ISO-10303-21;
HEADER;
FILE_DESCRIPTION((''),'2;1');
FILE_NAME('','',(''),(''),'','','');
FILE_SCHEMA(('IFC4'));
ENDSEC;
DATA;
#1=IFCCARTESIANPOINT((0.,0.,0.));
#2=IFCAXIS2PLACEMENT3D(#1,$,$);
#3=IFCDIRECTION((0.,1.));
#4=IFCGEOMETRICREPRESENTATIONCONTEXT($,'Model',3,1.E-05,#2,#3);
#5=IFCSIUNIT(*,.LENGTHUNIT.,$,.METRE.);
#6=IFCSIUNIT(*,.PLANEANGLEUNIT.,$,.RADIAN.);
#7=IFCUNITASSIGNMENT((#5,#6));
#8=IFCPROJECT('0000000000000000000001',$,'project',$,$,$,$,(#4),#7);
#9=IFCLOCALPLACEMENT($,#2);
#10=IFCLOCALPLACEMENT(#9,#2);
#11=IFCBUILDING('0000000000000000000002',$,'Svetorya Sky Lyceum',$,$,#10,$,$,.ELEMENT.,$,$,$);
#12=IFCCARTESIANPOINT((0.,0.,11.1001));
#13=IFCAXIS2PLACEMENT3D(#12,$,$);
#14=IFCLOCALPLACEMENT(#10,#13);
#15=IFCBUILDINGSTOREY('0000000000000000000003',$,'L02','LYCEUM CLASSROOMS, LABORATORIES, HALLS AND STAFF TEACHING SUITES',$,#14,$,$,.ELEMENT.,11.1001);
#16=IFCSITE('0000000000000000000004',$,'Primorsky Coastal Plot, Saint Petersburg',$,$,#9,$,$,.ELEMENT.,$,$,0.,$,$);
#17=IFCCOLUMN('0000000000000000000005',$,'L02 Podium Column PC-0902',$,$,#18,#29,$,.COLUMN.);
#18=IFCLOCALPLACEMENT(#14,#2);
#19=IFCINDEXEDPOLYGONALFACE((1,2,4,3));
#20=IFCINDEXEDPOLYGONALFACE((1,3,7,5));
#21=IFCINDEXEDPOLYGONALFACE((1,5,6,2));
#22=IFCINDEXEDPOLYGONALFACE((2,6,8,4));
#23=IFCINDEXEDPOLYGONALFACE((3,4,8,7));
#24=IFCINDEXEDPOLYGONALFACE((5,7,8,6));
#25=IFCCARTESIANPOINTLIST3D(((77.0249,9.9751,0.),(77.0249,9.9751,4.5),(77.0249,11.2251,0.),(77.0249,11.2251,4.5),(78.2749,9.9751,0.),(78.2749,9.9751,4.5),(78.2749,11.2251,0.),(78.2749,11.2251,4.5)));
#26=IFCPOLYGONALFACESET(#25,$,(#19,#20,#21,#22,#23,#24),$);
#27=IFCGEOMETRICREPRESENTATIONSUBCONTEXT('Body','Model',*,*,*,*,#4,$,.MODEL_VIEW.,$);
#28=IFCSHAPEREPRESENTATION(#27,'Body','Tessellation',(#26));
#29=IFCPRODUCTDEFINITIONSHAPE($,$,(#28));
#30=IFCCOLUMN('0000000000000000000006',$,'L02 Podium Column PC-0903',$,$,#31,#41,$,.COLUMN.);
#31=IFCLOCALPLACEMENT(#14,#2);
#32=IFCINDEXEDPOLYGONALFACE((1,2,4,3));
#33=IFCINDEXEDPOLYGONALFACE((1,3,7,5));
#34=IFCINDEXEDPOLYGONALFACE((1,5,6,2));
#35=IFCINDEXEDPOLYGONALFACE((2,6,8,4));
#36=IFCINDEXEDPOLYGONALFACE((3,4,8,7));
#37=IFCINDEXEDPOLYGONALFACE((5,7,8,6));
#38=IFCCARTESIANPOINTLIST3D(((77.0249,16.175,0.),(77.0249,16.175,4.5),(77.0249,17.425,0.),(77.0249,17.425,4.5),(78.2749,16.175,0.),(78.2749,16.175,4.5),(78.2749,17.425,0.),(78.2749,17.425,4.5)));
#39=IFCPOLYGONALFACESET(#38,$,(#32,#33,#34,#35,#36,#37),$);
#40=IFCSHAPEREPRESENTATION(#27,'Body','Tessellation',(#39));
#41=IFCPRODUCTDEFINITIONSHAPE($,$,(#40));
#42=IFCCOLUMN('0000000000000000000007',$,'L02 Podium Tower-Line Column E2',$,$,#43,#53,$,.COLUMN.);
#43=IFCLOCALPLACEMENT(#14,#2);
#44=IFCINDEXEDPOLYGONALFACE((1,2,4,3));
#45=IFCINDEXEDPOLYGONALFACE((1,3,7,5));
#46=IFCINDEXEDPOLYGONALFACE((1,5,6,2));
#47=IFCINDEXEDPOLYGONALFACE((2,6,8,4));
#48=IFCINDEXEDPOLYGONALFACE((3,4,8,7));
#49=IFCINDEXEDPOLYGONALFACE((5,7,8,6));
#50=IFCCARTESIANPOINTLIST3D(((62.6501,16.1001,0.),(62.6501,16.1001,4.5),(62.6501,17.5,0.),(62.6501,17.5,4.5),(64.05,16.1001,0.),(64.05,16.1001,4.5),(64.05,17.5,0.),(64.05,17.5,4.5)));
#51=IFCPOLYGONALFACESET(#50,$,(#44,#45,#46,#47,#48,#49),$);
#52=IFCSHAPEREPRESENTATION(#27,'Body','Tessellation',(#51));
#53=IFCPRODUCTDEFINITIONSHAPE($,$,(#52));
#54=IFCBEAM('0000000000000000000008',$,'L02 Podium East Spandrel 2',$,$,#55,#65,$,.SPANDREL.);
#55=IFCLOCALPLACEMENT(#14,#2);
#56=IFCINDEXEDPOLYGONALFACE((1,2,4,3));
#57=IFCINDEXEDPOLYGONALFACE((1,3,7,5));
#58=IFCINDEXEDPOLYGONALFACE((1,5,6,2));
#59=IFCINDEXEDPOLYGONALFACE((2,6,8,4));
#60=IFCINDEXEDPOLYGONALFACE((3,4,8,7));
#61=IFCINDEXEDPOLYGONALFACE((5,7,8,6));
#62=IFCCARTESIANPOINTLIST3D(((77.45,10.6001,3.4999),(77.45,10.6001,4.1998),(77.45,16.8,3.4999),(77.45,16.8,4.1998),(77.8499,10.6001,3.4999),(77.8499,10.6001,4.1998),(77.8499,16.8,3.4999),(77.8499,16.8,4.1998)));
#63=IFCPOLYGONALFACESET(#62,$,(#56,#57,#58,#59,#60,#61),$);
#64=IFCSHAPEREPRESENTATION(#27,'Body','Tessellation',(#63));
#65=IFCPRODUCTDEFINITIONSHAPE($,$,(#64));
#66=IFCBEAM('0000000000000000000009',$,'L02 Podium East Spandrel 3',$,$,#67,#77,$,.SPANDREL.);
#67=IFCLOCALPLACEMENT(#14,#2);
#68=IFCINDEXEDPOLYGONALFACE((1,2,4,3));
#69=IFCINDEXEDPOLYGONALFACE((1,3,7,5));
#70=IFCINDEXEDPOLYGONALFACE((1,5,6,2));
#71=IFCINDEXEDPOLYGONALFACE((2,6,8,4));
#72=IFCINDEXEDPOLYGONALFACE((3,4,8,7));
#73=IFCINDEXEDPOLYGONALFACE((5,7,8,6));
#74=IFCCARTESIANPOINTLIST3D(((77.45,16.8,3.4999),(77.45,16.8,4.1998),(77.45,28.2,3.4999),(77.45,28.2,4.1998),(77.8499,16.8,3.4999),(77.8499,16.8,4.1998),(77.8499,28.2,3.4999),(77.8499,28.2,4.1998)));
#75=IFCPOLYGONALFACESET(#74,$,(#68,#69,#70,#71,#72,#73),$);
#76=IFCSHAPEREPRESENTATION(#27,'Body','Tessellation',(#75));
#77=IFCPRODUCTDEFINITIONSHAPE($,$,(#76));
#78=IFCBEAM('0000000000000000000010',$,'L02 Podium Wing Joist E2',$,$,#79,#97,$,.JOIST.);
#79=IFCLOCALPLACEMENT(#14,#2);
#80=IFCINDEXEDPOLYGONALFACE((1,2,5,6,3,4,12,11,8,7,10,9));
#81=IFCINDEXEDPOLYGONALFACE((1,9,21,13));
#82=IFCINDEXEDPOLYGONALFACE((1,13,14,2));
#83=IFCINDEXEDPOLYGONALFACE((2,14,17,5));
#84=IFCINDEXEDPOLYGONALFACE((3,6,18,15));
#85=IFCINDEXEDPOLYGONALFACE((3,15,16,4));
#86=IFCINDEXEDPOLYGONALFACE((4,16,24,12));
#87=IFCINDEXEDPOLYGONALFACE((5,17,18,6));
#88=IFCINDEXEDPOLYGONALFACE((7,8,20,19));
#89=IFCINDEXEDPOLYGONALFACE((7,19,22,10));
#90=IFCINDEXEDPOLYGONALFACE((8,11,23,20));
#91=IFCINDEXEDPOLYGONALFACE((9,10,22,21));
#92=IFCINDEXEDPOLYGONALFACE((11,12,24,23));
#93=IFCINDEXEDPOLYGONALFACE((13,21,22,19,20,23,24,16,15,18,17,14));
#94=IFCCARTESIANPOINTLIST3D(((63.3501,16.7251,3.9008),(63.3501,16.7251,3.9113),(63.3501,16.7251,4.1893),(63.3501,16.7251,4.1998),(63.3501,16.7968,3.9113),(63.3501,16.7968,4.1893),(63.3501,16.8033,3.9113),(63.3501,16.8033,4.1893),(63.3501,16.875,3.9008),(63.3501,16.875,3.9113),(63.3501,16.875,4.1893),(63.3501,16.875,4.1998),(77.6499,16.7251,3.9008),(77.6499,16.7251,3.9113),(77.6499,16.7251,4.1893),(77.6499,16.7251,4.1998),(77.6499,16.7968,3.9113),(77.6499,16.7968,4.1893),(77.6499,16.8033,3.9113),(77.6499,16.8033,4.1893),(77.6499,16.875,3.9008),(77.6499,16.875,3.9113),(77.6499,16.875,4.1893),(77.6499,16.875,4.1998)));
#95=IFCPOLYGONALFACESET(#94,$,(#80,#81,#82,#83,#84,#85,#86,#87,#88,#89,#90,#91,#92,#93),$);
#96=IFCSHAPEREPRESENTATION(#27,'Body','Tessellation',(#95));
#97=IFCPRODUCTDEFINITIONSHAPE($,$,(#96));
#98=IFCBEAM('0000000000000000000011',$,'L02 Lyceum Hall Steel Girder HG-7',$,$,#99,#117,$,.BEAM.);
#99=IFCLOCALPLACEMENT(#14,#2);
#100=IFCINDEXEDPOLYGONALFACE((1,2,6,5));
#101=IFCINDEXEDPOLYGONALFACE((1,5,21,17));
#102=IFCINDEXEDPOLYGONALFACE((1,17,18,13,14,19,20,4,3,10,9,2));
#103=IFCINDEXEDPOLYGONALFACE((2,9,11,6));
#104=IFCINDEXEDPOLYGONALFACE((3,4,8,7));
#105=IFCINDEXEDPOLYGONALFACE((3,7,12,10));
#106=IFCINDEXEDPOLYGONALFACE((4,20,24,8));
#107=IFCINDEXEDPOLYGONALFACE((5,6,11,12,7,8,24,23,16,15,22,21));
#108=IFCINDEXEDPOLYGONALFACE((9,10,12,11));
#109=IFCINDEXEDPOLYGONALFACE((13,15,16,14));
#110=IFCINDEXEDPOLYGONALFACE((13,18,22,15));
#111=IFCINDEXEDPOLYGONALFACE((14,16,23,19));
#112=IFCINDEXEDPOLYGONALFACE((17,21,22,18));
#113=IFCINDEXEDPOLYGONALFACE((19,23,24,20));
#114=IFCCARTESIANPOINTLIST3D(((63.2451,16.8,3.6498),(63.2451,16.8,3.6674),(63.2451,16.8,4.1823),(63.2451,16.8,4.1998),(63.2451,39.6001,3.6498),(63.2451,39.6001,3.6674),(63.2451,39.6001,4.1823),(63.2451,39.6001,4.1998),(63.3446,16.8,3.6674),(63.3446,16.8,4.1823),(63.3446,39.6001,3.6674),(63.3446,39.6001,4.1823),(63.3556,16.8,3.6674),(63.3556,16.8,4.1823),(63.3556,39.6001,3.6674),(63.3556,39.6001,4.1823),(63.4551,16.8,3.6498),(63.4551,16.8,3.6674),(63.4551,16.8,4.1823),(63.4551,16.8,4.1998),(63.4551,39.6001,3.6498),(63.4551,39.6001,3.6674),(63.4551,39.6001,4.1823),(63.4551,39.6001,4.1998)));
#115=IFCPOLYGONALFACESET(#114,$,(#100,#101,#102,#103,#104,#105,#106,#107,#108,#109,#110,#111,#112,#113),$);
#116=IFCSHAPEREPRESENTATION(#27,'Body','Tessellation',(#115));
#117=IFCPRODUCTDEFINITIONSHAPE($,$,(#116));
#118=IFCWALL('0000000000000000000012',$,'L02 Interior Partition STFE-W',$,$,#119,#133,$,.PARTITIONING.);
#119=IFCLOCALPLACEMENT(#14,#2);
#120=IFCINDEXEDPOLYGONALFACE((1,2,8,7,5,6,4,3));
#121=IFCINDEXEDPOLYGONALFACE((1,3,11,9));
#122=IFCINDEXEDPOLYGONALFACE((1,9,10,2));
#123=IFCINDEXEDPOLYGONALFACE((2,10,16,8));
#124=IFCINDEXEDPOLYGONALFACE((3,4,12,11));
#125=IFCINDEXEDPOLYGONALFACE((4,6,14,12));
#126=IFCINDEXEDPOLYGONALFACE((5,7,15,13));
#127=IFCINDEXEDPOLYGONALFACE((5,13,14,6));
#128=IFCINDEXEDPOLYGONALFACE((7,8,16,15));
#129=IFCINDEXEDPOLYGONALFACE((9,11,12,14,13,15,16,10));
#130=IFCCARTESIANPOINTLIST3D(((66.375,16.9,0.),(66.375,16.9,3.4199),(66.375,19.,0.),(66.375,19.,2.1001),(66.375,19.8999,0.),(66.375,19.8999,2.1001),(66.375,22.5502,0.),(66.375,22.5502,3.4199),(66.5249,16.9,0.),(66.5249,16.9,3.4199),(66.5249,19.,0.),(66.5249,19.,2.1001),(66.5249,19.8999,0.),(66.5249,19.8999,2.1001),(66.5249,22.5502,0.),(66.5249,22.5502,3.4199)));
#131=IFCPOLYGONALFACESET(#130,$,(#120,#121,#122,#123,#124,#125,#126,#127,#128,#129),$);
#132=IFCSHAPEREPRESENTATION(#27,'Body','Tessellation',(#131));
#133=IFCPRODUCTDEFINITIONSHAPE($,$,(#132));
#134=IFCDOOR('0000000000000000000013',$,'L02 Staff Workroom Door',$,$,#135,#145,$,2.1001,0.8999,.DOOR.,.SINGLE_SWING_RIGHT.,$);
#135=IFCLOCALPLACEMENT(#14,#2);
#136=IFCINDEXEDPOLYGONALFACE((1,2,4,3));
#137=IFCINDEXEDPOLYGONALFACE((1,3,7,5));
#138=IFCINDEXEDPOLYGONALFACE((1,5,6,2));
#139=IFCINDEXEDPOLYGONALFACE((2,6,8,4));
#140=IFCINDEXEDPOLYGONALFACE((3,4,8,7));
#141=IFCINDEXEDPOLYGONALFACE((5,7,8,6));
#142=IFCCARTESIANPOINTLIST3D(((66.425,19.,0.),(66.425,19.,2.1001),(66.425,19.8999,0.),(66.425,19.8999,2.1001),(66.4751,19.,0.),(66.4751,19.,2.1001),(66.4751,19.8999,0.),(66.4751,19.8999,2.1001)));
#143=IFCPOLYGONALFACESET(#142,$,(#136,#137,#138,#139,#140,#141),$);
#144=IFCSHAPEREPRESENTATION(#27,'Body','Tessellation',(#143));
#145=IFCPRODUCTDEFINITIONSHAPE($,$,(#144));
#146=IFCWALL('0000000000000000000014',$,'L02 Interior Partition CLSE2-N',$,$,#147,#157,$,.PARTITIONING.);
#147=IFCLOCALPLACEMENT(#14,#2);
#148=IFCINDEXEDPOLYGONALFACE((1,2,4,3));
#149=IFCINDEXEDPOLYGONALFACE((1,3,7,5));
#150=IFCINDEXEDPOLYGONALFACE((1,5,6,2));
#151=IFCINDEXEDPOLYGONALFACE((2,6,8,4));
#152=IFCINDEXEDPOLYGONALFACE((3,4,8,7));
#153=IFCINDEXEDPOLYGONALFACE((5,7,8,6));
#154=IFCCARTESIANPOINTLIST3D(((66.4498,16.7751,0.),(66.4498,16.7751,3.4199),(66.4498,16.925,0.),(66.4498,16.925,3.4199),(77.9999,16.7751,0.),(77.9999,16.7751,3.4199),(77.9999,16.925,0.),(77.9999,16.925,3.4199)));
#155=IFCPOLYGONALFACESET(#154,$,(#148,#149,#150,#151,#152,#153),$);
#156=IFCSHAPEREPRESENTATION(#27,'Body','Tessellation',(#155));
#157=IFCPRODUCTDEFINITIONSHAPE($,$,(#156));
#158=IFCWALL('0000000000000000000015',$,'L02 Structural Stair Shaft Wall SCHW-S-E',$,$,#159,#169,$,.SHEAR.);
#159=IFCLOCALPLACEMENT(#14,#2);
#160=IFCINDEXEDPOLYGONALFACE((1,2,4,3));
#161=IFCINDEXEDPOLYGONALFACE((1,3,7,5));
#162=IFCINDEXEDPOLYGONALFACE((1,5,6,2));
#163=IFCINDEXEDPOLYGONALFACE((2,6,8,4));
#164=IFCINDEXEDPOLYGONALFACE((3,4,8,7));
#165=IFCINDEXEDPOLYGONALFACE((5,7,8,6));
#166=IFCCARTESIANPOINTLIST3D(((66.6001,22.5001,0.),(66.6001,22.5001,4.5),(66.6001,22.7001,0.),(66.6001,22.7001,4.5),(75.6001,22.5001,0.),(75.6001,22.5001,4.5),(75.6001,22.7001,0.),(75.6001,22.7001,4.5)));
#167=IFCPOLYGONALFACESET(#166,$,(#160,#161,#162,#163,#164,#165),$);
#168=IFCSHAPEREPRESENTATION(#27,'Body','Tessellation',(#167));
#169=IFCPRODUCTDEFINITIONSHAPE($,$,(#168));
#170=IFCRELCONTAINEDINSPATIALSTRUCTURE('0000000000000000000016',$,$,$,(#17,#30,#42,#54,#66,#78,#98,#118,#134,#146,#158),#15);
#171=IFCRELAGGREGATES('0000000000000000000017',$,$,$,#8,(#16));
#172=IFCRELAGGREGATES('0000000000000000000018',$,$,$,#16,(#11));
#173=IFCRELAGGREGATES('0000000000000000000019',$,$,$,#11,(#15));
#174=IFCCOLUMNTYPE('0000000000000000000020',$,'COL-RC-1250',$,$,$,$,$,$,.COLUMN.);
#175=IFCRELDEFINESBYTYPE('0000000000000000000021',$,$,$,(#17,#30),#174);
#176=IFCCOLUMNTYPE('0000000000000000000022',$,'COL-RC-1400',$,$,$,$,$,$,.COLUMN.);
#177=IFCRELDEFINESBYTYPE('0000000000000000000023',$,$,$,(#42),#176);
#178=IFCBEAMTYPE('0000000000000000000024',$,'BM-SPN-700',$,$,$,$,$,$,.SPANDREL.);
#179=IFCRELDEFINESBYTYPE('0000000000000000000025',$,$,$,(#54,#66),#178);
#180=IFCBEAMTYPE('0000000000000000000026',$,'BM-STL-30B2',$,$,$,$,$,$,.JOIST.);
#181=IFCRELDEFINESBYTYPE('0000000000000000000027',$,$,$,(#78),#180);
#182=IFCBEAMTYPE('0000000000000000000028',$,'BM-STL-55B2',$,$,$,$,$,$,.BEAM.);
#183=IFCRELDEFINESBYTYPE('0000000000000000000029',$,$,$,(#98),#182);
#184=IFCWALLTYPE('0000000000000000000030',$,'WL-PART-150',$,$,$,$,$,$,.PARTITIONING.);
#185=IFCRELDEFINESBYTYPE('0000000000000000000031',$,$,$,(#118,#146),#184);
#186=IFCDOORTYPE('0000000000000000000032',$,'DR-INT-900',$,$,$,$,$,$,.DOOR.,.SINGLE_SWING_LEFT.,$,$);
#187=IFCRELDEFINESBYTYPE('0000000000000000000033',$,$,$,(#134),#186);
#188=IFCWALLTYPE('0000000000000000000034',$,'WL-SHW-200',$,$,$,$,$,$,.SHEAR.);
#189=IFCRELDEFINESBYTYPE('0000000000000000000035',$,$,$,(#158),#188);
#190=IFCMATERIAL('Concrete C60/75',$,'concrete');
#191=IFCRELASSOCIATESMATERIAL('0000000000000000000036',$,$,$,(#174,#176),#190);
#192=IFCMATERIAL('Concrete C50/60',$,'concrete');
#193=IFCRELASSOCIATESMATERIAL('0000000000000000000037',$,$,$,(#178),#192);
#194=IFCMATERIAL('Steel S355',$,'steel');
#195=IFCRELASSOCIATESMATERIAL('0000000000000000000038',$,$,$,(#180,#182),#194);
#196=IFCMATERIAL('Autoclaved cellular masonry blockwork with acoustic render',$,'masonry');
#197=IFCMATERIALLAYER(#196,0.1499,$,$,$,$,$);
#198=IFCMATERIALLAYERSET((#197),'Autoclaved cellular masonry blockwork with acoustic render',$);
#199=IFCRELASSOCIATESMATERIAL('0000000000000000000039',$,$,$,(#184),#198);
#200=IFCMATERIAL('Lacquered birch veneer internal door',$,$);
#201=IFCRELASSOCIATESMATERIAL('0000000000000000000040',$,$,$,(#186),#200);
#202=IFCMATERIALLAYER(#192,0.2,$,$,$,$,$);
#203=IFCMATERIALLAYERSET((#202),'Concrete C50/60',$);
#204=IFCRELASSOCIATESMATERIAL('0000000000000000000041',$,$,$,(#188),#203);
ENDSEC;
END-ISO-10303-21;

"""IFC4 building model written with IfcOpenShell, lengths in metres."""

from ifc_helpers import new_model, si_unit, direction, frame, frame_2d, origin, origin_2d, place, context, subcontext, project, spatial, rectangle, i_section, extrude, material, layer, layer_set, material_profile, profile_set, type_object, element, fill, save


model = new_model("IFC4")

# Units and contexts
model_context = context("Model", 3, precision=1e-05, world=origin(), true_north=direction((0.0, 1.0)))
body_context = subcontext(model_context, "Body", "Model", "MODEL_VIEW")
ifc_project = project(units=[si_unit("LENGTHUNIT", "METRE"), si_unit("PLANEANGLEUNIT", "RADIAN")], contexts=[model_context])

# Site, building, storey
site_placement = place(None, origin())
site = spatial("IfcSite", under=ifc_project, at=site_placement, Name="Primorsky Coastal Plot, Saint Petersburg", CompositionType="ELEMENT", RefElevation=0.0)
building_placement = place(site_placement, origin())
building = spatial("IfcBuilding", under=site, at=building_placement, Name="Svetorya Sky Lyceum", CompositionType="ELEMENT")
storey_placement = place(building_placement, frame((0.0, 0.0, 11.1001)))
storey = spatial("IfcBuildingStorey", under=building, at=storey_placement, Name="L02", Description="LYCEUM CLASSROOMS, LABORATORIES, HALLS AND STAFF TEACHING SUITES", CompositionType="ELEMENT", Elevation=11.1001)

# Columns
ifc_material_1 = material(Name="Concrete C60/75", Category="concrete")
ifc_material_profile_1 = material_profile(ifc_material_1, rectangle(XDim=1.25, YDim=1.25, at=origin_2d()), Name="RC COL 1250x1250")
ifc_profile_set_1 = profile_set([ifc_material_profile_1], Name="Concrete C60/75")
column_type_1 = type_object("IfcColumnType", Name="COL-RC-1250", PredefinedType="COLUMN", material=ifc_profile_set_1)
for number, where, z_axis, x_axis, name in (
    (1, (77.6499, 10.6001, 0.0), (0.0, 0.0, 1.0), (1.0, 0.0, 0.0), "L02 Podium Column PC-0902"),
    (2, (77.6499, 16.8, 0.0), (0.0, 0.0, 1.0), (1.0, 0.0, 0.0), "L02 Podium Column PC-0903"),
):
    element("IfcColumn", number, at=place(storey_placement, frame(where, z_axis=z_axis, x_axis=x_axis)), inside=storey, type_object=column_type_1, Name=name, PredefinedType="COLUMN", context=body_context, shape_type="SweptSolid", body=[
        extrude(rectangle(XDim=1.25, YDim=1.25, at=origin_2d()), origin(), (0.0, 0.0, 1.0), 4.5),
    ])
ifc_material_profile_2 = material_profile(ifc_material_1, rectangle(XDim=1.3999, YDim=1.3999, at=origin_2d()), Name="RC COL 1400x1400")
ifc_profile_set_2 = profile_set([ifc_material_profile_2], Name="Concrete C60/75")
column_type_2 = type_object("IfcColumnType", Name="COL-RC-1400", PredefinedType="COLUMN", material=ifc_profile_set_2)
column_placement = place(storey_placement, frame((63.3501, 16.8, 0.0), z_axis=(0.0, 0.0, 1.0), x_axis=(1.0, 0.0, 0.0)))
element("IfcColumn", 3, at=column_placement, inside=storey, type_object=column_type_2, Name="L02 Podium Tower-Line Column E2", PredefinedType="COLUMN", context=body_context, shape_type="SweptSolid", body=[
    extrude(rectangle(XDim=1.3999, YDim=1.3999, at=origin_2d()), origin(), (0.0, 0.0, 1.0), 4.5),
])

# Beams
ifc_material_2 = material(Name="Concrete C50/60", Category="concrete")
ifc_material_profile_3 = material_profile(ifc_material_2, rectangle(XDim=0.3999, YDim=0.7, at=origin_2d()), Name="RC SPANDREL 400x700")
ifc_profile_set_3 = profile_set([ifc_material_profile_3], Name="Concrete C50/60")
beam_type_1 = type_object("IfcBeamType", Name="BM-SPN-700", PredefinedType="SPANDREL", material=ifc_profile_set_3)
beam_1_placement = place(storey_placement, frame((77.6499, 10.6001, 3.8499), z_axis=(0.0, 1.0, 0.0), x_axis=(-1.0, 0.0, 0.0)))
element("IfcBeam", 4, at=beam_1_placement, inside=storey, type_object=beam_type_1, Name="L02 Podium East Spandrel 2", PredefinedType="SPANDREL", context=body_context, shape_type="SweptSolid", body=[
    extrude(rectangle(XDim=0.3999, YDim=0.7, at=origin_2d()), origin(), (0.0, 0.0, 1.0), 6.2),
])
beam_2_placement = place(storey_placement, frame((77.6499, 16.8, 3.8499), z_axis=(0.0, 1.0, 0.0), x_axis=(-1.0, 0.0, 0.0)))
element("IfcBeam", 5, at=beam_2_placement, inside=storey, type_object=beam_type_1, Name="L02 Podium East Spandrel 3", PredefinedType="SPANDREL", context=body_context, shape_type="SweptSolid", body=[
    extrude(rectangle(XDim=0.3999, YDim=0.7, at=origin_2d()), origin(), (0.0, 0.0, 1.0), 11.3999),
])
ifc_material_3 = material(Name="Steel S355", Category="steel")
ifc_material_profile_4 = material_profile(ifc_material_3, i_section(OverallWidth=0.1499, OverallDepth=0.2991, WebThickness=0.0066, FlangeThickness=0.0105, at=origin_2d()), Name="GOST 30B2")
ifc_profile_set_4 = profile_set([ifc_material_profile_4], Name="Steel S355")
beam_type_2 = type_object("IfcBeamType", Name="BM-STL-30B2", PredefinedType="JOIST", material=ifc_profile_set_4)
beam_3_placement = place(storey_placement, frame((63.3501, 16.8, 4.0503), z_axis=(1.0, 0.0, 0.0), x_axis=(0.0, 1.0, 0.0)))
element("IfcBeam", 6, at=beam_3_placement, inside=storey, type_object=beam_type_2, Name="L02 Podium Wing Joist E2", PredefinedType="JOIST", context=body_context, shape_type="SweptSolid", body=[
    extrude(i_section(OverallWidth=0.1499, OverallDepth=0.2991, WebThickness=0.0066, FlangeThickness=0.0105, at=origin_2d()), origin(), (0.0, 0.0, 1.0), 14.2998),
])
ifc_material_profile_5 = material_profile(ifc_material_3, i_section(OverallWidth=0.21, OverallDepth=0.55, WebThickness=0.011, FlangeThickness=0.0176, at=origin_2d()), Name="GOST 55B2")
ifc_profile_set_5 = profile_set([ifc_material_profile_5], Name="Steel S355")
beam_type_3 = type_object("IfcBeamType", Name="BM-STL-55B2", PredefinedType="BEAM", material=ifc_profile_set_5)
beam_4_placement = place(storey_placement, frame((63.3501, 16.8, 3.9248), z_axis=(0.0, 1.0, 0.0), x_axis=(-1.0, 0.0, 0.0)))
element("IfcBeam", 7, at=beam_4_placement, inside=storey, type_object=beam_type_3, Name="L02 Lyceum Hall Steel Girder HG-7", PredefinedType="BEAM", context=body_context, shape_type="SweptSolid", body=[
    extrude(i_section(OverallWidth=0.21, OverallDepth=0.55, WebThickness=0.011, FlangeThickness=0.0176, at=origin_2d()), origin(), (0.0, 0.0, 1.0), 22.8),
])

# Wall, opening, door
ifc_material_4 = material(Name="Autoclaved cellular masonry blockwork with acoustic render", Category="masonry")
ifc_layer_1 = layer(ifc_material_4, 0.1499)
ifc_layer_set_1 = layer_set([ifc_layer_1], Name="Autoclaved cellular masonry blockwork with acoustic render")
wall_type_1 = type_object("IfcWallType", Name="WL-PART-150", PredefinedType="PARTITIONING", material=ifc_layer_set_1)
wall_1_placement = place(storey_placement, frame((66.45, 16.8999, 0.0), z_axis=(0.0, 0.0, 1.0), x_axis=(0.0, 1.0, 0.0)))
wall_1 = element("IfcWall", 8, at=wall_1_placement, inside=storey, type_object=wall_type_1, Name="L02 Interior Partition STFE-W", PredefinedType="PARTITIONING", context=body_context, shape_type="SweptSolid", body=[
    extrude(rectangle(XDim=5.6501, YDim=0.1499, at=frame_2d((2.8252, 0.0))), origin(), (0.0, 0.0, 1.0), 3.4199),
])
opening_placement = place(wall_1_placement, frame((2.1001, 0.0, 0.0)))
opening = element("IfcOpeningElement", 9, at=opening_placement, cuts=wall_1, PredefinedType="OPENING", context=body_context, shape_type="SweptSolid", body=[
    extrude(rectangle(XDim=0.8999, YDim=2.1001, at=frame_2d((0.45, 1.05))), frame((0.0, 0.085, 0.0), z_axis=(0.0, -1.0, 0.0), x_axis=(1.0, 0.0, 0.0)), (0.0, 0.0, 1.0), 0.1699),
])
ifc_material_5 = material(Name="Lacquered birch veneer internal door")
door_type = type_object("IfcDoorType", Name="DR-INT-900", OperationType="SINGLE_SWING_LEFT", PredefinedType="DOOR", material=ifc_material_5)
door_placement = place(opening_placement, origin())
door = element("IfcDoor", 10, at=door_placement, inside=storey, type_object=door_type, Name="L02 Staff Workroom Door", OperationType="SINGLE_SWING_RIGHT", OverallHeight=2.1001, OverallWidth=0.8999, PredefinedType="DOOR", context=body_context, shape_type="SweptSolid", body=[
    extrude(rectangle(XDim=0.8999, YDim=2.1001, at=frame_2d((0.45, 1.05))), frame((0.0, 0.0249, 0.0), z_axis=(0.0, -1.0, 0.0), x_axis=(1.0, 0.0, 0.0)), (0.0, 0.0, 1.0), 0.05),
])
fill(opening, door)

# Walls
wall_2_placement = place(storey_placement, frame((66.45, 16.8501, 0.0), z_axis=(0.0, 0.0, 1.0), x_axis=(1.0, 0.0, 0.0)))
element("IfcWall", 11, at=wall_2_placement, inside=storey, type_object=wall_type_1, Name="L02 Interior Partition CLSE2-N", PredefinedType="PARTITIONING", context=body_context, shape_type="SweptSolid", body=[
    extrude(rectangle(XDim=11.55, YDim=0.1499, at=frame_2d((5.7749, 0.0))), origin(), (0.0, 0.0, 1.0), 3.4199),
])
ifc_layer_2 = layer(ifc_material_2, 0.2)
ifc_layer_set_2 = layer_set([ifc_layer_2], Name="Concrete C50/60")
wall_type_2 = type_object("IfcWallType", Name="WL-SHW-200", PredefinedType="SHEAR", material=ifc_layer_set_2)
wall_3_placement = place(storey_placement, frame((66.6001, 22.6001, 0.0), z_axis=(0.0, 0.0, 1.0), x_axis=(1.0, 0.0, 0.0)))
element("IfcWall", 12, at=wall_3_placement, inside=storey, type_object=wall_type_2, Name="L02 Structural Stair Shaft Wall SCHW-S-E", PredefinedType="SHEAR", context=body_context, shape_type="SweptSolid", body=[
    extrude(rectangle(XDim=9.0, YDim=0.2, at=frame_2d((4.5, 0.0))), origin(), (0.0, 0.0, 1.0), 4.5),
])

save(model, "model.ifc")
